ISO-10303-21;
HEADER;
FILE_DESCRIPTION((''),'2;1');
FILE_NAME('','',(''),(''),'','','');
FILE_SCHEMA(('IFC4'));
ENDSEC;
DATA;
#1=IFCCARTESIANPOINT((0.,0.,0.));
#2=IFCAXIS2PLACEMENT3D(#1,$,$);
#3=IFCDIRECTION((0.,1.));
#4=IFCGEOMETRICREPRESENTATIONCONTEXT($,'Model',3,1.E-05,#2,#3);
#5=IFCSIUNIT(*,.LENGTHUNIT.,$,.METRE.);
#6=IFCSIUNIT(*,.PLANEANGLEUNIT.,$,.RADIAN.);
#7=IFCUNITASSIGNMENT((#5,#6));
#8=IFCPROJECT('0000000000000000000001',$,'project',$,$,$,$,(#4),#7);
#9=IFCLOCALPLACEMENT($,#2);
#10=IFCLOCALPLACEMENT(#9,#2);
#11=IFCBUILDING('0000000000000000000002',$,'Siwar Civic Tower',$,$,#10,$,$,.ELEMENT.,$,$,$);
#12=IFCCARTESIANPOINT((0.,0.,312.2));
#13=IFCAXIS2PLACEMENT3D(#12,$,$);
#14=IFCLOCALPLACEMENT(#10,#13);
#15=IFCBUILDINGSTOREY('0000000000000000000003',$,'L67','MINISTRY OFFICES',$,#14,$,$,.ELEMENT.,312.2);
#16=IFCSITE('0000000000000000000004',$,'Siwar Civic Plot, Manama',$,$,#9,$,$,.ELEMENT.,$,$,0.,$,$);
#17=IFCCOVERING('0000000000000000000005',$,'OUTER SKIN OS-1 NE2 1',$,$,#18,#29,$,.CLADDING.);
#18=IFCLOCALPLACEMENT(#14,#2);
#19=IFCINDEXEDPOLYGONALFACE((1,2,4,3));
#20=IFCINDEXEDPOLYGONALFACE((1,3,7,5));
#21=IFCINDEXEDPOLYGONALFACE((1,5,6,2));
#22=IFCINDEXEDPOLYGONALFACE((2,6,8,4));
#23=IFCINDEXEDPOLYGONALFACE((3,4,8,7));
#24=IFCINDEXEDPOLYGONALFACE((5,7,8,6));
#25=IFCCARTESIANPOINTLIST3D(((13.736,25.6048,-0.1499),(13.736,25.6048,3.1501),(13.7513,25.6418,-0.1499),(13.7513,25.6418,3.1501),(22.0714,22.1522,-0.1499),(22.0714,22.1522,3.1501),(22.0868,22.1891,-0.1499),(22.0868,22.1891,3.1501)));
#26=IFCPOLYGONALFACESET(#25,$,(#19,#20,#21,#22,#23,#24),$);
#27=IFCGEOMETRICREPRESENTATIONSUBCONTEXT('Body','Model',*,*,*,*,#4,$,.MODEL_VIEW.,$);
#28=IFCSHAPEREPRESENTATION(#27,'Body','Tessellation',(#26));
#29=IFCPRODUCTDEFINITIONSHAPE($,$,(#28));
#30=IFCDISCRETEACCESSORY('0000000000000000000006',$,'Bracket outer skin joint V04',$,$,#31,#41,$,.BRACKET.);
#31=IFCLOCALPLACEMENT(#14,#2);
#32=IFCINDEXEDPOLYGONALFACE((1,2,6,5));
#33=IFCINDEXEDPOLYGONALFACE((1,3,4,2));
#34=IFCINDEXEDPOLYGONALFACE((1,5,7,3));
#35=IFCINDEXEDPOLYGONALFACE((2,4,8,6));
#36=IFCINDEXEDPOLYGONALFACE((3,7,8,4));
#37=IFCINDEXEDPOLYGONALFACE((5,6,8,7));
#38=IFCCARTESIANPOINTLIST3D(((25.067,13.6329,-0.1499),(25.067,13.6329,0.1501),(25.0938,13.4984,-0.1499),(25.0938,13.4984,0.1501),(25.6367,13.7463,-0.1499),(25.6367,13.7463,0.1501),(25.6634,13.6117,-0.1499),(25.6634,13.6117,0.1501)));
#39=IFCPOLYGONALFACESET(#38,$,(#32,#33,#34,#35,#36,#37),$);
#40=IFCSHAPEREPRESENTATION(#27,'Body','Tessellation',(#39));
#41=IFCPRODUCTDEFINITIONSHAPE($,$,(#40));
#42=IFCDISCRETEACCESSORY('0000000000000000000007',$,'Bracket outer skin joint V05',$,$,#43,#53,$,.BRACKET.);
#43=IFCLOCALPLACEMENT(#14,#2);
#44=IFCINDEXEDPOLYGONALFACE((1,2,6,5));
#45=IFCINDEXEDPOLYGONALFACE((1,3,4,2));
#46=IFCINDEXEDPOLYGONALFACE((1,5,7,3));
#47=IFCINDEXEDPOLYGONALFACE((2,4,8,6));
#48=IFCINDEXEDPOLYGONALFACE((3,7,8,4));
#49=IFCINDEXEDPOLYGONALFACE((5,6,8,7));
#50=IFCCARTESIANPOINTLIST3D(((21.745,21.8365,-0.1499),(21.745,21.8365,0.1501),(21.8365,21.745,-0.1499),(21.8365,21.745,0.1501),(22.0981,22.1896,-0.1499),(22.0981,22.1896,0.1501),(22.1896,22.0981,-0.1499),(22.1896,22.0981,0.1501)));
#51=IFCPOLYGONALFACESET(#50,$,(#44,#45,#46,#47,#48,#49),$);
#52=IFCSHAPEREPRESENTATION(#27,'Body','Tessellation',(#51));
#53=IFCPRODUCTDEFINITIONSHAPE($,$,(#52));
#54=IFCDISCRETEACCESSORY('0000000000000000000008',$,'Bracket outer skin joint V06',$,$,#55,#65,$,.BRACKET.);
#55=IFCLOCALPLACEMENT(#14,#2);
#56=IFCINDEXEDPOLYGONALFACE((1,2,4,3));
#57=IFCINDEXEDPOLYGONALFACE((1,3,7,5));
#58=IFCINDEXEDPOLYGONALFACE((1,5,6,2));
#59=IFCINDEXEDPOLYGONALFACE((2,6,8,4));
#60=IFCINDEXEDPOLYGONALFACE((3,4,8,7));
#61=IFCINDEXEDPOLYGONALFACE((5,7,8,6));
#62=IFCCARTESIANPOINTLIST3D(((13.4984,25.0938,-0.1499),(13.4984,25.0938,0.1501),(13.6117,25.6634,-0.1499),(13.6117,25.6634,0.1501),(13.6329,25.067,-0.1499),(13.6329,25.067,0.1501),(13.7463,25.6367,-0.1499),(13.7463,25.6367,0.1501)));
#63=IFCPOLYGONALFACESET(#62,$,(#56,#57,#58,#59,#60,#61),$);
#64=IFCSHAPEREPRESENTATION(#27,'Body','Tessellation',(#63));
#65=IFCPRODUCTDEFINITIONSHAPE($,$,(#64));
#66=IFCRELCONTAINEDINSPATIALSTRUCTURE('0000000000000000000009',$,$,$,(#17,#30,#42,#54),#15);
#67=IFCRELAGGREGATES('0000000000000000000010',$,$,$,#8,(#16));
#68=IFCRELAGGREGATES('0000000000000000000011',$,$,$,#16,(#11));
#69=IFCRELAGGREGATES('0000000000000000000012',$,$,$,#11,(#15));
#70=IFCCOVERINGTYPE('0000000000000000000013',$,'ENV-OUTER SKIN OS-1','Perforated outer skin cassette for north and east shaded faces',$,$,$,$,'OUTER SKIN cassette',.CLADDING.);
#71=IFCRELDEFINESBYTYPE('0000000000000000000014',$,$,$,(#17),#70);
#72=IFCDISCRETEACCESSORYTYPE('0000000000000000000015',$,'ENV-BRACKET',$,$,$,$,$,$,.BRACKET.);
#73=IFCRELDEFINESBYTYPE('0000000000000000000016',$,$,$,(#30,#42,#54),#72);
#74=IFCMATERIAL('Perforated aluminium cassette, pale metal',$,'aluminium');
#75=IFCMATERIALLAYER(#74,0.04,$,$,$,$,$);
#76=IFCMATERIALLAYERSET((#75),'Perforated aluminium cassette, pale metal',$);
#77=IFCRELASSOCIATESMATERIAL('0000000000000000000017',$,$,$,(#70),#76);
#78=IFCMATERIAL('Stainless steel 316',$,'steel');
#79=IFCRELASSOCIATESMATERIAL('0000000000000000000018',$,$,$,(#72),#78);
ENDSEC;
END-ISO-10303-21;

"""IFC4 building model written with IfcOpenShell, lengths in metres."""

from ifc_helpers import new_model, si_unit, direction, frame, origin, origin_2d, place, context, subcontext, project, spatial, rectangle, extrude, material, layer, layer_set, type_object, element, save


model = new_model("IFC4")

# Units and contexts
model_context = context("Model", 3, precision=1e-05, world=origin(), true_north=direction((0.0, 1.0)))
body_context = subcontext(model_context, "Body", "Model", "MODEL_VIEW")
ifc_project = project(units=[si_unit("LENGTHUNIT", "METRE"), si_unit("PLANEANGLEUNIT", "RADIAN")], contexts=[model_context])

# Site, building, storey
site_placement = place(None, origin())
site = spatial("IfcSite", under=ifc_project, at=site_placement, Name="Siwar Civic Plot, Manama", CompositionType="ELEMENT", RefElevation=0.0)
building_placement = place(site_placement, origin())
building = spatial("IfcBuilding", under=site, at=building_placement, Name="Siwar Civic Tower", CompositionType="ELEMENT")
storey_placement = place(building_placement, frame((0.0, 0.0, 312.2)))
storey = spatial("IfcBuildingStorey", under=building, at=storey_placement, Name="L67", Description="MINISTRY OFFICES", CompositionType="ELEMENT", Elevation=312.2)

# Covering
ifc_material_1 = material(Name="Perforated aluminium cassette, pale metal", Category="aluminium")
ifc_layer_1 = layer(ifc_material_1, 0.04)
ifc_layer_set_1 = layer_set([ifc_layer_1], Name="Perforated aluminium cassette, pale metal")
covering_type = type_object("IfcCoveringType", Name="ENV-OUTER SKIN OS-1", Description="Perforated outer skin cassette for north and east shaded faces", ElementType="OUTER SKIN cassette", PredefinedType="CLADDING", material=ifc_layer_set_1)
for number, where, z_axis, x_axis, name in (
    (1, (17.9114, 23.897, -0.1499), (0.0, 0.0, 1.0), (-0.92388, 0.382683, 0.0), "OUTER SKIN OS-1 NE2 1"),
):
    element("IfcCovering", number, at=place(storey_placement, frame(where, z_axis=z_axis, x_axis=x_axis)), inside=storey, type_object=covering_type, Name=name, PredefinedType="CLADDING", context=body_context, shape_type="SweptSolid", body=[
        extrude(rectangle(XDim=9.0222, YDim=0.04, at=origin_2d()), origin(), (0.0, 0.0, 1.0), 3.3),
    ])

# Discrete accessories
ifc_material_2 = material(Name="Stainless steel 316", Category="steel")
discrete_accessory_type = type_object("IfcDiscreteAccessoryType", Name="ENV-BRACKET", PredefinedType="BRACKET", material=ifc_material_2)
discrete_accessory_1_placement = place(storey_placement, frame((25.3652, 13.6223, -0.1499), z_axis=(0.0, 0.0, 1.0), x_axis=(0.980785, 0.19509, 0.0)))
element("IfcDiscreteAccessory", 2, at=discrete_accessory_1_placement, inside=storey, type_object=discrete_accessory_type, Name="Bracket outer skin joint V04", PredefinedType="BRACKET", context=body_context, shape_type="SweptSolid", body=[
    extrude(rectangle(XDim=0.5808, YDim=0.1372, at=origin_2d()), origin(), (0.0, 0.0, 1.0), 0.3),
])
discrete_accessory_2_placement = place(storey_placement, frame((21.9673, 21.9673, -0.1499), z_axis=(0.0, 0.0, 1.0), x_axis=(0.707107, 0.707107, 0.0)))
element("IfcDiscreteAccessory", 3, at=discrete_accessory_2_placement, inside=storey, type_object=discrete_accessory_type, Name="Bracket outer skin joint V05", PredefinedType="BRACKET", context=body_context, shape_type="SweptSolid", body=[
    extrude(rectangle(XDim=0.4993, YDim=0.1294, at=origin_2d()), origin(), (0.0, 0.0, 1.0), 0.3),
])
discrete_accessory_3_placement = place(storey_placement, frame((13.6223, 25.3652, -0.1499), z_axis=(0.0, 0.0, 1.0), x_axis=(0.19509, 0.980785, 0.0)))
element("IfcDiscreteAccessory", 4, at=discrete_accessory_3_placement, inside=storey, type_object=discrete_accessory_type, Name="Bracket outer skin joint V06", PredefinedType="BRACKET", context=body_context, shape_type="SweptSolid", body=[
    extrude(rectangle(XDim=0.5808, YDim=0.1372, at=origin_2d()), origin(), (0.0, 0.0, 1.0), 0.3),
])

save(model, "model.ifc")
